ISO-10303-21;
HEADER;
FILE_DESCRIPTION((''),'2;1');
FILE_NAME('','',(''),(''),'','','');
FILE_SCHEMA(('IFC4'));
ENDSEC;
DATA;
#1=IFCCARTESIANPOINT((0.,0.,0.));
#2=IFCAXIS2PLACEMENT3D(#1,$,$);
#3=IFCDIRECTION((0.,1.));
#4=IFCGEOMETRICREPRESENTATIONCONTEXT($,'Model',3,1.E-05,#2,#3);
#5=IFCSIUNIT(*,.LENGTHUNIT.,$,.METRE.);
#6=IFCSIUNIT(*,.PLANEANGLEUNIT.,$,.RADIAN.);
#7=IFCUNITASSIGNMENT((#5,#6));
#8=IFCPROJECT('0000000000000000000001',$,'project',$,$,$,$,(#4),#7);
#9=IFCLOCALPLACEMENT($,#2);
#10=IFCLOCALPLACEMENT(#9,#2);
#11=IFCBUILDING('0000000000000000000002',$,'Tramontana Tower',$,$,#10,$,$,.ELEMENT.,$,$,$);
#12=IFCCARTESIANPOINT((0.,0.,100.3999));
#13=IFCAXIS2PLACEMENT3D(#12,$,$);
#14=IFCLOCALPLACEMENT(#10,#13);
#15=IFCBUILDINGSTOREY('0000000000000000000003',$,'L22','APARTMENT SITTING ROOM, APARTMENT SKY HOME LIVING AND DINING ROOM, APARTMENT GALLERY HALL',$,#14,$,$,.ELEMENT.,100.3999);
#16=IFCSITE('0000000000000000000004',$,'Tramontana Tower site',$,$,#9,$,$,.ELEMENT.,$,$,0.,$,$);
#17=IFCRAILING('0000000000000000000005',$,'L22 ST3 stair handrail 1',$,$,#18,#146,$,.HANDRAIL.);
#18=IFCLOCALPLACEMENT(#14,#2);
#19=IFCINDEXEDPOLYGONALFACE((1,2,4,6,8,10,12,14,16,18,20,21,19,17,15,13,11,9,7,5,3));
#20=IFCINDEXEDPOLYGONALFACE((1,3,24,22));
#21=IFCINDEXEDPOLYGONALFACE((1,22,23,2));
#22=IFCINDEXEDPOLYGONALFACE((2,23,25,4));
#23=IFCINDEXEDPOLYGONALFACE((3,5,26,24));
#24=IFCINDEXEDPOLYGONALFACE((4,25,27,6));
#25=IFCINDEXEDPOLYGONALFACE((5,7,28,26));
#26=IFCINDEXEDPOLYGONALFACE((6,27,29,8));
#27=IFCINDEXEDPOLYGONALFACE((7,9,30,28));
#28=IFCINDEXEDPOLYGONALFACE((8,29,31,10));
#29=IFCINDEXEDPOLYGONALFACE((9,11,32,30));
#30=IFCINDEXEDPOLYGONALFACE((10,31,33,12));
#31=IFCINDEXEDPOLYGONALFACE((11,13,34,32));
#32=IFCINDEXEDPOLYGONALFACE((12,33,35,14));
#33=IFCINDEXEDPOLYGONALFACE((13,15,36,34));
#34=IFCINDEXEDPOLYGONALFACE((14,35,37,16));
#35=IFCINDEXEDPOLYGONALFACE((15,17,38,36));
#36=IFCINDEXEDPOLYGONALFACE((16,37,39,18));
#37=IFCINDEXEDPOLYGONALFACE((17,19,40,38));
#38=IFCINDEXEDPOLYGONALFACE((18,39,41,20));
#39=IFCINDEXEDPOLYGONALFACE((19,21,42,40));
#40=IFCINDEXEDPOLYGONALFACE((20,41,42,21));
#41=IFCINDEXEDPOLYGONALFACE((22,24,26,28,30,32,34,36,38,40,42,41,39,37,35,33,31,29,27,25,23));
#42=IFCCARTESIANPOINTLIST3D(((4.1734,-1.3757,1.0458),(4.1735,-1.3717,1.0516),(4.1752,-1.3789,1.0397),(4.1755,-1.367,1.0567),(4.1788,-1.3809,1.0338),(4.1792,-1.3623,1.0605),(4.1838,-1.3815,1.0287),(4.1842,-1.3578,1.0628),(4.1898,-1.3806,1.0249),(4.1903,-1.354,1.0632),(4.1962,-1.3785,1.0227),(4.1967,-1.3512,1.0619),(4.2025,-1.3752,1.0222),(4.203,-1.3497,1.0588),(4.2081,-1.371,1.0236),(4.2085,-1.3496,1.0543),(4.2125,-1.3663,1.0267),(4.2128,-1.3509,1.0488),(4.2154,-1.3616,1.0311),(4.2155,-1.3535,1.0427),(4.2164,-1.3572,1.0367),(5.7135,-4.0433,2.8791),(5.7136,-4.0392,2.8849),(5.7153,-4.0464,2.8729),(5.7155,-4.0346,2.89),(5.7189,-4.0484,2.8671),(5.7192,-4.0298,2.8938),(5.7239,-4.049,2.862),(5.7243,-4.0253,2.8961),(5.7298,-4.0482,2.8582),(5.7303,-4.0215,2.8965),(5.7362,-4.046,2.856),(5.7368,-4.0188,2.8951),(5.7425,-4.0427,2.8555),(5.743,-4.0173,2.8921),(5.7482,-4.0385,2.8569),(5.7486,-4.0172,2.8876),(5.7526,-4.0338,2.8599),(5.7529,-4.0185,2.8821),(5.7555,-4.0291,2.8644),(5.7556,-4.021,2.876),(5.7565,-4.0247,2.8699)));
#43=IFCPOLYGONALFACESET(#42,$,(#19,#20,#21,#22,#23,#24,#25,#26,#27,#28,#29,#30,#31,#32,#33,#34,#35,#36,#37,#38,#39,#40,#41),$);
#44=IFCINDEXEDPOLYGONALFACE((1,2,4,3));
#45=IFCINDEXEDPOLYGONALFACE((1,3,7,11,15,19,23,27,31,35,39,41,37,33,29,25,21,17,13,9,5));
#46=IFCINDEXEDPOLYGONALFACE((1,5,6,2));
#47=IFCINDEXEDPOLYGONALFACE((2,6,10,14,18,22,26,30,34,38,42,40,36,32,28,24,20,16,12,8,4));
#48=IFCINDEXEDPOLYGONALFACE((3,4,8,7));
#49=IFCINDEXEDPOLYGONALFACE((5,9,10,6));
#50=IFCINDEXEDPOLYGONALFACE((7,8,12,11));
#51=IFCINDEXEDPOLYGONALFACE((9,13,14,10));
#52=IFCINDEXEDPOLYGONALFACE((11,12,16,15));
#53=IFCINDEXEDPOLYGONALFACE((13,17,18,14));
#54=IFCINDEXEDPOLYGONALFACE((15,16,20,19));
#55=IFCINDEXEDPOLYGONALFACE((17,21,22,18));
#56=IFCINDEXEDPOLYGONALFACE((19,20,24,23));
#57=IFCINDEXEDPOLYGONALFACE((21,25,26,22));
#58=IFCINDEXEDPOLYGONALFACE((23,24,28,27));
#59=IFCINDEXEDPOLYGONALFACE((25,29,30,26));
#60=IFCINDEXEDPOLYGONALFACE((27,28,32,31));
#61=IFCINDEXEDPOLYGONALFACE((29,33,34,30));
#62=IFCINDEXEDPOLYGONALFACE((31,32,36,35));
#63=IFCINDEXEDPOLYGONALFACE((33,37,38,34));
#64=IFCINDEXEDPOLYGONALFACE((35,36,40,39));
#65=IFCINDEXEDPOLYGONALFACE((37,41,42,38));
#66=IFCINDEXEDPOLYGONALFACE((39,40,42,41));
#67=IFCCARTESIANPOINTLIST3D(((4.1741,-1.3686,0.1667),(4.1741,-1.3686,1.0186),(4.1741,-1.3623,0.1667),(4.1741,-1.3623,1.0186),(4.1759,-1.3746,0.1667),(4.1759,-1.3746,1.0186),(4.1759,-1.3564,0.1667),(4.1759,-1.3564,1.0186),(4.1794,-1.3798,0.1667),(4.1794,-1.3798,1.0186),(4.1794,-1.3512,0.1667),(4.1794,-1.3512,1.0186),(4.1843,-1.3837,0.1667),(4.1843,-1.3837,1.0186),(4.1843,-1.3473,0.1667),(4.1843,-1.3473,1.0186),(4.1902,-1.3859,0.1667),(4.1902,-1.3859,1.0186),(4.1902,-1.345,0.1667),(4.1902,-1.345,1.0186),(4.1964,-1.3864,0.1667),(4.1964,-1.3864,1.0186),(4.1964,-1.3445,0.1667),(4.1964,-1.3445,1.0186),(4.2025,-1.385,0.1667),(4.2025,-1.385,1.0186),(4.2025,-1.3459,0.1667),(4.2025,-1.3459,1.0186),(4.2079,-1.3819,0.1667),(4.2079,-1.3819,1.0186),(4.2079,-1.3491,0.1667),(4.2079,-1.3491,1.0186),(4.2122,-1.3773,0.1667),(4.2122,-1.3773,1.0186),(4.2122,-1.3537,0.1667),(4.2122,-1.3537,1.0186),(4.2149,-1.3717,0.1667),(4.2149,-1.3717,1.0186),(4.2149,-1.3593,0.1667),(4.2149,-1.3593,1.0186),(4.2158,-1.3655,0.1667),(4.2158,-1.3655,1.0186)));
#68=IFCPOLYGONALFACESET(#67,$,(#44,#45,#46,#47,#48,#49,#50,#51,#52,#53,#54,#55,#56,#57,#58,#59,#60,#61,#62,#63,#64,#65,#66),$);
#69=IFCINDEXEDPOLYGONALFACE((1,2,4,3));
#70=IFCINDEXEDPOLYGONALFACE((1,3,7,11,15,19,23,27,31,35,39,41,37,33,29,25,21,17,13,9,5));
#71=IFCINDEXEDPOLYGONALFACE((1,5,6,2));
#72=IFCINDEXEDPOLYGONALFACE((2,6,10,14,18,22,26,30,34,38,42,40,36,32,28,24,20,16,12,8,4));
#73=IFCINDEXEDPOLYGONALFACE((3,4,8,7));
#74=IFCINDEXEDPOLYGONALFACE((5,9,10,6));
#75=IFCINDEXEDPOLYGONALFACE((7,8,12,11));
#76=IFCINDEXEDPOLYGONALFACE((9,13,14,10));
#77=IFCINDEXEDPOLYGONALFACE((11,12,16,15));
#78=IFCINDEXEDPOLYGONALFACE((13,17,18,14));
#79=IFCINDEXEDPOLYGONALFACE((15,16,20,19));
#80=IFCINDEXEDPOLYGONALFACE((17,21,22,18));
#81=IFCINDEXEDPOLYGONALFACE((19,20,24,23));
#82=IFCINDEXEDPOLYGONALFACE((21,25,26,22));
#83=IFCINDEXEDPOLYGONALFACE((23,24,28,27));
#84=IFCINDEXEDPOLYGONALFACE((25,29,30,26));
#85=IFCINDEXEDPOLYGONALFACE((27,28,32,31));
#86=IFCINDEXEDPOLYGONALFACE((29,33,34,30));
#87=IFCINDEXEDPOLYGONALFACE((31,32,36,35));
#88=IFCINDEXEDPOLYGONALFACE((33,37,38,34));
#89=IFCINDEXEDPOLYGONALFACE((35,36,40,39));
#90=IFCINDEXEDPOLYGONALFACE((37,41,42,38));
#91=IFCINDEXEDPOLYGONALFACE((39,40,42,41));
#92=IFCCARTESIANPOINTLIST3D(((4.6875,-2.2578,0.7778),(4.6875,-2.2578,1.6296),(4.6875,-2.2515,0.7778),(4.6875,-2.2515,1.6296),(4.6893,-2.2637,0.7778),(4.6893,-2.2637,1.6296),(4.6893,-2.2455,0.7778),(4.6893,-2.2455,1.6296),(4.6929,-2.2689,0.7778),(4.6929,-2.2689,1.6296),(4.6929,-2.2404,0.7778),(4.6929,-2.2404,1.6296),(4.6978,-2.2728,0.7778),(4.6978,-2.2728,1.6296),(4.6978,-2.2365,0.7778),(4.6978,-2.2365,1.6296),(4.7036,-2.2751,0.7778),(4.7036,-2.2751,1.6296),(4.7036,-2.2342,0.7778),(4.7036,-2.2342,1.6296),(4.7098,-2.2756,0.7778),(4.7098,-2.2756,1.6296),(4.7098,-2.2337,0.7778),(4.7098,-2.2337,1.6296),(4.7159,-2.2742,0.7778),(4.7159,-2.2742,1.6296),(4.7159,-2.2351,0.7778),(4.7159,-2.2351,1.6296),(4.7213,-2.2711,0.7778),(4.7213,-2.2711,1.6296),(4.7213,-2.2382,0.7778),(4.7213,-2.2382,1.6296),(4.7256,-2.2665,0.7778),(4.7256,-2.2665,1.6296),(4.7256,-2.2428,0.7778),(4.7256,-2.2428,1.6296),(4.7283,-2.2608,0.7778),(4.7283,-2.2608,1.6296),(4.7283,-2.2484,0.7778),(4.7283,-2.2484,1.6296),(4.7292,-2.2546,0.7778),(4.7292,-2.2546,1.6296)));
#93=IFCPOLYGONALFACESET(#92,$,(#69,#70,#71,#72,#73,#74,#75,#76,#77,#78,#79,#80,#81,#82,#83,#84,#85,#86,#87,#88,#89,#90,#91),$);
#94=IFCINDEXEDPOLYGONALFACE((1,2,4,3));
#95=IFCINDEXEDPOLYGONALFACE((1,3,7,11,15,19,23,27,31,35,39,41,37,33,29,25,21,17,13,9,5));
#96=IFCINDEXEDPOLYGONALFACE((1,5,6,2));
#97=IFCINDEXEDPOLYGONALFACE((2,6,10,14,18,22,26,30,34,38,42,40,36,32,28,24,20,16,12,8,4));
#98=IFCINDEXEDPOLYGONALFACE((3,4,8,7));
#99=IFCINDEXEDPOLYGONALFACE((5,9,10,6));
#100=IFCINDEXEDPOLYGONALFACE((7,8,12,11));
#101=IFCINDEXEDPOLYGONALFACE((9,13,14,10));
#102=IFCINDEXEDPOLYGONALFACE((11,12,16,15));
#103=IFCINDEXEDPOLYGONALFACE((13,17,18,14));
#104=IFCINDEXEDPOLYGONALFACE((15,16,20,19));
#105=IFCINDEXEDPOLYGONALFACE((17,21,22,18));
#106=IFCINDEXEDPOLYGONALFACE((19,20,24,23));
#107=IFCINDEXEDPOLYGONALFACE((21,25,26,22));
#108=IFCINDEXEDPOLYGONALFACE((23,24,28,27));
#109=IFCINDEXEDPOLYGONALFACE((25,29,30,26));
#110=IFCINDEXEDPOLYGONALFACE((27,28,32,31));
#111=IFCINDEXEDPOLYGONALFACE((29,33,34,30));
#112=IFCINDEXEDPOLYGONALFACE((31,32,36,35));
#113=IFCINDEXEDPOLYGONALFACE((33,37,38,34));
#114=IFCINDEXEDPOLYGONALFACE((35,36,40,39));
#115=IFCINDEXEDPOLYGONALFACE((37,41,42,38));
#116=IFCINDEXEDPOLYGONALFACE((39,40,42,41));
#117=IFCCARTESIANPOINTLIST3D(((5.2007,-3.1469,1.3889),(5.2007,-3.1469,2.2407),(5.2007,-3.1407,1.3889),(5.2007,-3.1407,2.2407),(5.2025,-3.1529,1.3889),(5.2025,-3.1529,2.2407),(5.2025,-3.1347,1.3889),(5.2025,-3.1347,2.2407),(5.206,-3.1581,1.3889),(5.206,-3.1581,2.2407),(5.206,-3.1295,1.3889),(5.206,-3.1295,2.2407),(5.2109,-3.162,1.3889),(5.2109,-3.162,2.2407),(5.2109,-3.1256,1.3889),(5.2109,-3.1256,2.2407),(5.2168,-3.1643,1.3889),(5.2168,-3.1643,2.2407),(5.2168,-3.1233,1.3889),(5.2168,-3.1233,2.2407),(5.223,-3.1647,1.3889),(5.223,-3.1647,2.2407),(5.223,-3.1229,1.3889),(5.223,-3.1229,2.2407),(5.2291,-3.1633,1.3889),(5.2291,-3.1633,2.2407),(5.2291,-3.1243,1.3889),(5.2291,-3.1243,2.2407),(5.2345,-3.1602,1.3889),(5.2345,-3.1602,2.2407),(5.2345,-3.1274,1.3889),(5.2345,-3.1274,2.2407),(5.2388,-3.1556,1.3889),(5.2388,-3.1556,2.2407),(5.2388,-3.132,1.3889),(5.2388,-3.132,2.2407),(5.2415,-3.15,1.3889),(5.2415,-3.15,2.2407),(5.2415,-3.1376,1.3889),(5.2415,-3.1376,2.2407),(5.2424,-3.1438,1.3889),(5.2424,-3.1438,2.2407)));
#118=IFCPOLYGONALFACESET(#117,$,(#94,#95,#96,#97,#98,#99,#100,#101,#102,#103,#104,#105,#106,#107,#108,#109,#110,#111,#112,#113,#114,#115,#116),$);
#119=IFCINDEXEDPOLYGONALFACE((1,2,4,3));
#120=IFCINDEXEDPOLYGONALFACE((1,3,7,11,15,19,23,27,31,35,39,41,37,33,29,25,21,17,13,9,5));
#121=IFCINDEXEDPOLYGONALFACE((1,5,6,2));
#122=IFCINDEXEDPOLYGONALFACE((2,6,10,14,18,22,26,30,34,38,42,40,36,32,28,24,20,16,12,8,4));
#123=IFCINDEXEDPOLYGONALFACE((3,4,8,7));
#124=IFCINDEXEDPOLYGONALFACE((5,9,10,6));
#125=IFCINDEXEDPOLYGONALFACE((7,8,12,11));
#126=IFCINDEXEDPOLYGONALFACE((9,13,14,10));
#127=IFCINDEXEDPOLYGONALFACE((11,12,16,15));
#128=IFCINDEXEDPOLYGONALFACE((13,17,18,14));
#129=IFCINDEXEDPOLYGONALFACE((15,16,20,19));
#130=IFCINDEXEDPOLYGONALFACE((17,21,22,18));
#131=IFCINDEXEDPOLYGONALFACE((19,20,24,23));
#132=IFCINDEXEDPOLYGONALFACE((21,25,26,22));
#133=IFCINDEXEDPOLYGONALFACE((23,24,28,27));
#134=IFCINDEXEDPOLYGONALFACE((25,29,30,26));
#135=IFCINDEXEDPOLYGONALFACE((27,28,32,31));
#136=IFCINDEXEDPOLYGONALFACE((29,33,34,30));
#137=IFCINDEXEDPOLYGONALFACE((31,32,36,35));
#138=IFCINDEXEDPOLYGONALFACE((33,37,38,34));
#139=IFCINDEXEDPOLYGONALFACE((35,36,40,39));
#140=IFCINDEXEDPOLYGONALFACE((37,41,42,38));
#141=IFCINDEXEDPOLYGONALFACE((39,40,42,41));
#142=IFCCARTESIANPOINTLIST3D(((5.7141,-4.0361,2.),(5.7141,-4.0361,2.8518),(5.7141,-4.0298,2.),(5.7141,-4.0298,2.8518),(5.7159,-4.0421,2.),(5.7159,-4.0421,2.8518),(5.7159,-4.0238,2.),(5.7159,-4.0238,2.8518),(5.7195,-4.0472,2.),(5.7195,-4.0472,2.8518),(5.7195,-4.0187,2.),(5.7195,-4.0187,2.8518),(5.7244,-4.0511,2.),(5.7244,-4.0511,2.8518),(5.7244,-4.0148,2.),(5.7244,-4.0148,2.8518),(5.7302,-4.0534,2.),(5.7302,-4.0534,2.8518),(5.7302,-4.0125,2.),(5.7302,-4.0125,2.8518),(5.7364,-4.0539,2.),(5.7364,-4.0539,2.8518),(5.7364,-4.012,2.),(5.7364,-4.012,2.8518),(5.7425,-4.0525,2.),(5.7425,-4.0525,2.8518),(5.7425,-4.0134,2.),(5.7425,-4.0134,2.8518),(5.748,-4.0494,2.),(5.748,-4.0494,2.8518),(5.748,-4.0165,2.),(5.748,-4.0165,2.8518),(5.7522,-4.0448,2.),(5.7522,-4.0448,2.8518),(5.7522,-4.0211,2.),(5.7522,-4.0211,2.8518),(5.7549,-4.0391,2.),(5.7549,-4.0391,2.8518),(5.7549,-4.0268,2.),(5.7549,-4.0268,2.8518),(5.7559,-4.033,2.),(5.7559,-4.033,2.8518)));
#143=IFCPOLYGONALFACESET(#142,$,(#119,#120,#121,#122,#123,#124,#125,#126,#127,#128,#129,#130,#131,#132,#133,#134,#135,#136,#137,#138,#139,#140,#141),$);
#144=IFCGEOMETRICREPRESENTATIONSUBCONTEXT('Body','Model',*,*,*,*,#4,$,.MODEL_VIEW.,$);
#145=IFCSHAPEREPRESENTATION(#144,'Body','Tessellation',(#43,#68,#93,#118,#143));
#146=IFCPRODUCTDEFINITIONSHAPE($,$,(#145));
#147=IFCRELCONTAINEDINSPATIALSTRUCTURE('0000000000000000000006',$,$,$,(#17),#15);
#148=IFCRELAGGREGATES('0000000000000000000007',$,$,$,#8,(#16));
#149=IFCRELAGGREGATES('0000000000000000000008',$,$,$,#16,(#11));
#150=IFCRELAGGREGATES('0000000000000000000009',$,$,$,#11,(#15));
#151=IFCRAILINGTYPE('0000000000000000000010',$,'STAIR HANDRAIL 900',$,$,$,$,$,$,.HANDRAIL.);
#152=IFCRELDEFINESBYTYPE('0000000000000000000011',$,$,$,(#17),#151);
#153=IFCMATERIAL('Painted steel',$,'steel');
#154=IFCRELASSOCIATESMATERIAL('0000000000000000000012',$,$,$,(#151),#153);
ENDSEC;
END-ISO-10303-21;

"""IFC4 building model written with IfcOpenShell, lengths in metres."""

from ifc_helpers import new_model, si_unit, direction, frame, origin, origin_2d, place, context, subcontext, project, spatial, circle, extrude, material, type_object, element, save


model = new_model("IFC4")

# Units and contexts
model_context = context("Model", 3, precision=1e-05, world=origin(), true_north=direction((0.0, 1.0)))
body_context = subcontext(model_context, "Body", "Model", "MODEL_VIEW")
ifc_project = project(units=[si_unit("LENGTHUNIT", "METRE"), si_unit("PLANEANGLEUNIT", "RADIAN")], contexts=[model_context])

# Site, building, storey
site_placement = place(None, origin())
site = spatial("IfcSite", under=ifc_project, at=site_placement, Name="Tramontana Tower site", CompositionType="ELEMENT", RefElevation=0.0)
building_placement = place(site_placement, origin())
building = spatial("IfcBuilding", under=site, at=building_placement, Name="Tramontana Tower", CompositionType="ELEMENT")
storey_placement = place(building_placement, frame((0.0, 0.0, 100.3999)))
storey = spatial("IfcBuildingStorey", under=building, at=storey_placement, Name="L22", Description="APARTMENT SITTING ROOM, APARTMENT SKY HOME LIVING AND DINING ROOM, APARTMENT GALLERY HALL", CompositionType="ELEMENT", Elevation=100.3999)

# Railing
ifc_material_1 = material(Name="Painted steel", Category="steel")
railing_type_1 = type_object("IfcRailingType", Name="STAIR HANDRAIL 900", PredefinedType="HANDRAIL", material=ifc_material_1)
railing_1_placement = place(storey_placement, frame((4.1948, -1.3655, 0.1667)))
element("IfcRailing", 1, at=railing_1_placement, inside=storey, type_object=railing_type_1, Name="L22 ST3 stair handrail 1", PredefinedType="HANDRAIL", context=body_context, shape_type="SweptSolid", body=[
    extrude(circle(Radius=0.0239, at=origin_2d()), frame((0.0, 0.0, 0.876), z_axis=(0.429649, -0.74419, 0.511452), x_axis=(0.86603, 0.499992, 0.0)), (0.0, 0.0, 1.0), 3.5845),
    extrude(circle(Radius=0.021, at=origin_2d()), origin(), (0.0, 0.0, 1.0), 0.8518),
    extrude(circle(Radius=0.021, at=origin_2d()), frame((0.5134, -0.8892, 0.6111)), (0.0, 0.0, 1.0), 0.8518),
    extrude(circle(Radius=0.021, at=origin_2d()), frame((1.0266, -1.7783, 1.2222)), (0.0, 0.0, 1.0), 0.8518),
    extrude(circle(Radius=0.021, at=origin_2d()), frame((1.54, -2.6675, 1.8333)), (0.0, 0.0, 1.0), 0.8518),
])

save(model, "model.ifc")
